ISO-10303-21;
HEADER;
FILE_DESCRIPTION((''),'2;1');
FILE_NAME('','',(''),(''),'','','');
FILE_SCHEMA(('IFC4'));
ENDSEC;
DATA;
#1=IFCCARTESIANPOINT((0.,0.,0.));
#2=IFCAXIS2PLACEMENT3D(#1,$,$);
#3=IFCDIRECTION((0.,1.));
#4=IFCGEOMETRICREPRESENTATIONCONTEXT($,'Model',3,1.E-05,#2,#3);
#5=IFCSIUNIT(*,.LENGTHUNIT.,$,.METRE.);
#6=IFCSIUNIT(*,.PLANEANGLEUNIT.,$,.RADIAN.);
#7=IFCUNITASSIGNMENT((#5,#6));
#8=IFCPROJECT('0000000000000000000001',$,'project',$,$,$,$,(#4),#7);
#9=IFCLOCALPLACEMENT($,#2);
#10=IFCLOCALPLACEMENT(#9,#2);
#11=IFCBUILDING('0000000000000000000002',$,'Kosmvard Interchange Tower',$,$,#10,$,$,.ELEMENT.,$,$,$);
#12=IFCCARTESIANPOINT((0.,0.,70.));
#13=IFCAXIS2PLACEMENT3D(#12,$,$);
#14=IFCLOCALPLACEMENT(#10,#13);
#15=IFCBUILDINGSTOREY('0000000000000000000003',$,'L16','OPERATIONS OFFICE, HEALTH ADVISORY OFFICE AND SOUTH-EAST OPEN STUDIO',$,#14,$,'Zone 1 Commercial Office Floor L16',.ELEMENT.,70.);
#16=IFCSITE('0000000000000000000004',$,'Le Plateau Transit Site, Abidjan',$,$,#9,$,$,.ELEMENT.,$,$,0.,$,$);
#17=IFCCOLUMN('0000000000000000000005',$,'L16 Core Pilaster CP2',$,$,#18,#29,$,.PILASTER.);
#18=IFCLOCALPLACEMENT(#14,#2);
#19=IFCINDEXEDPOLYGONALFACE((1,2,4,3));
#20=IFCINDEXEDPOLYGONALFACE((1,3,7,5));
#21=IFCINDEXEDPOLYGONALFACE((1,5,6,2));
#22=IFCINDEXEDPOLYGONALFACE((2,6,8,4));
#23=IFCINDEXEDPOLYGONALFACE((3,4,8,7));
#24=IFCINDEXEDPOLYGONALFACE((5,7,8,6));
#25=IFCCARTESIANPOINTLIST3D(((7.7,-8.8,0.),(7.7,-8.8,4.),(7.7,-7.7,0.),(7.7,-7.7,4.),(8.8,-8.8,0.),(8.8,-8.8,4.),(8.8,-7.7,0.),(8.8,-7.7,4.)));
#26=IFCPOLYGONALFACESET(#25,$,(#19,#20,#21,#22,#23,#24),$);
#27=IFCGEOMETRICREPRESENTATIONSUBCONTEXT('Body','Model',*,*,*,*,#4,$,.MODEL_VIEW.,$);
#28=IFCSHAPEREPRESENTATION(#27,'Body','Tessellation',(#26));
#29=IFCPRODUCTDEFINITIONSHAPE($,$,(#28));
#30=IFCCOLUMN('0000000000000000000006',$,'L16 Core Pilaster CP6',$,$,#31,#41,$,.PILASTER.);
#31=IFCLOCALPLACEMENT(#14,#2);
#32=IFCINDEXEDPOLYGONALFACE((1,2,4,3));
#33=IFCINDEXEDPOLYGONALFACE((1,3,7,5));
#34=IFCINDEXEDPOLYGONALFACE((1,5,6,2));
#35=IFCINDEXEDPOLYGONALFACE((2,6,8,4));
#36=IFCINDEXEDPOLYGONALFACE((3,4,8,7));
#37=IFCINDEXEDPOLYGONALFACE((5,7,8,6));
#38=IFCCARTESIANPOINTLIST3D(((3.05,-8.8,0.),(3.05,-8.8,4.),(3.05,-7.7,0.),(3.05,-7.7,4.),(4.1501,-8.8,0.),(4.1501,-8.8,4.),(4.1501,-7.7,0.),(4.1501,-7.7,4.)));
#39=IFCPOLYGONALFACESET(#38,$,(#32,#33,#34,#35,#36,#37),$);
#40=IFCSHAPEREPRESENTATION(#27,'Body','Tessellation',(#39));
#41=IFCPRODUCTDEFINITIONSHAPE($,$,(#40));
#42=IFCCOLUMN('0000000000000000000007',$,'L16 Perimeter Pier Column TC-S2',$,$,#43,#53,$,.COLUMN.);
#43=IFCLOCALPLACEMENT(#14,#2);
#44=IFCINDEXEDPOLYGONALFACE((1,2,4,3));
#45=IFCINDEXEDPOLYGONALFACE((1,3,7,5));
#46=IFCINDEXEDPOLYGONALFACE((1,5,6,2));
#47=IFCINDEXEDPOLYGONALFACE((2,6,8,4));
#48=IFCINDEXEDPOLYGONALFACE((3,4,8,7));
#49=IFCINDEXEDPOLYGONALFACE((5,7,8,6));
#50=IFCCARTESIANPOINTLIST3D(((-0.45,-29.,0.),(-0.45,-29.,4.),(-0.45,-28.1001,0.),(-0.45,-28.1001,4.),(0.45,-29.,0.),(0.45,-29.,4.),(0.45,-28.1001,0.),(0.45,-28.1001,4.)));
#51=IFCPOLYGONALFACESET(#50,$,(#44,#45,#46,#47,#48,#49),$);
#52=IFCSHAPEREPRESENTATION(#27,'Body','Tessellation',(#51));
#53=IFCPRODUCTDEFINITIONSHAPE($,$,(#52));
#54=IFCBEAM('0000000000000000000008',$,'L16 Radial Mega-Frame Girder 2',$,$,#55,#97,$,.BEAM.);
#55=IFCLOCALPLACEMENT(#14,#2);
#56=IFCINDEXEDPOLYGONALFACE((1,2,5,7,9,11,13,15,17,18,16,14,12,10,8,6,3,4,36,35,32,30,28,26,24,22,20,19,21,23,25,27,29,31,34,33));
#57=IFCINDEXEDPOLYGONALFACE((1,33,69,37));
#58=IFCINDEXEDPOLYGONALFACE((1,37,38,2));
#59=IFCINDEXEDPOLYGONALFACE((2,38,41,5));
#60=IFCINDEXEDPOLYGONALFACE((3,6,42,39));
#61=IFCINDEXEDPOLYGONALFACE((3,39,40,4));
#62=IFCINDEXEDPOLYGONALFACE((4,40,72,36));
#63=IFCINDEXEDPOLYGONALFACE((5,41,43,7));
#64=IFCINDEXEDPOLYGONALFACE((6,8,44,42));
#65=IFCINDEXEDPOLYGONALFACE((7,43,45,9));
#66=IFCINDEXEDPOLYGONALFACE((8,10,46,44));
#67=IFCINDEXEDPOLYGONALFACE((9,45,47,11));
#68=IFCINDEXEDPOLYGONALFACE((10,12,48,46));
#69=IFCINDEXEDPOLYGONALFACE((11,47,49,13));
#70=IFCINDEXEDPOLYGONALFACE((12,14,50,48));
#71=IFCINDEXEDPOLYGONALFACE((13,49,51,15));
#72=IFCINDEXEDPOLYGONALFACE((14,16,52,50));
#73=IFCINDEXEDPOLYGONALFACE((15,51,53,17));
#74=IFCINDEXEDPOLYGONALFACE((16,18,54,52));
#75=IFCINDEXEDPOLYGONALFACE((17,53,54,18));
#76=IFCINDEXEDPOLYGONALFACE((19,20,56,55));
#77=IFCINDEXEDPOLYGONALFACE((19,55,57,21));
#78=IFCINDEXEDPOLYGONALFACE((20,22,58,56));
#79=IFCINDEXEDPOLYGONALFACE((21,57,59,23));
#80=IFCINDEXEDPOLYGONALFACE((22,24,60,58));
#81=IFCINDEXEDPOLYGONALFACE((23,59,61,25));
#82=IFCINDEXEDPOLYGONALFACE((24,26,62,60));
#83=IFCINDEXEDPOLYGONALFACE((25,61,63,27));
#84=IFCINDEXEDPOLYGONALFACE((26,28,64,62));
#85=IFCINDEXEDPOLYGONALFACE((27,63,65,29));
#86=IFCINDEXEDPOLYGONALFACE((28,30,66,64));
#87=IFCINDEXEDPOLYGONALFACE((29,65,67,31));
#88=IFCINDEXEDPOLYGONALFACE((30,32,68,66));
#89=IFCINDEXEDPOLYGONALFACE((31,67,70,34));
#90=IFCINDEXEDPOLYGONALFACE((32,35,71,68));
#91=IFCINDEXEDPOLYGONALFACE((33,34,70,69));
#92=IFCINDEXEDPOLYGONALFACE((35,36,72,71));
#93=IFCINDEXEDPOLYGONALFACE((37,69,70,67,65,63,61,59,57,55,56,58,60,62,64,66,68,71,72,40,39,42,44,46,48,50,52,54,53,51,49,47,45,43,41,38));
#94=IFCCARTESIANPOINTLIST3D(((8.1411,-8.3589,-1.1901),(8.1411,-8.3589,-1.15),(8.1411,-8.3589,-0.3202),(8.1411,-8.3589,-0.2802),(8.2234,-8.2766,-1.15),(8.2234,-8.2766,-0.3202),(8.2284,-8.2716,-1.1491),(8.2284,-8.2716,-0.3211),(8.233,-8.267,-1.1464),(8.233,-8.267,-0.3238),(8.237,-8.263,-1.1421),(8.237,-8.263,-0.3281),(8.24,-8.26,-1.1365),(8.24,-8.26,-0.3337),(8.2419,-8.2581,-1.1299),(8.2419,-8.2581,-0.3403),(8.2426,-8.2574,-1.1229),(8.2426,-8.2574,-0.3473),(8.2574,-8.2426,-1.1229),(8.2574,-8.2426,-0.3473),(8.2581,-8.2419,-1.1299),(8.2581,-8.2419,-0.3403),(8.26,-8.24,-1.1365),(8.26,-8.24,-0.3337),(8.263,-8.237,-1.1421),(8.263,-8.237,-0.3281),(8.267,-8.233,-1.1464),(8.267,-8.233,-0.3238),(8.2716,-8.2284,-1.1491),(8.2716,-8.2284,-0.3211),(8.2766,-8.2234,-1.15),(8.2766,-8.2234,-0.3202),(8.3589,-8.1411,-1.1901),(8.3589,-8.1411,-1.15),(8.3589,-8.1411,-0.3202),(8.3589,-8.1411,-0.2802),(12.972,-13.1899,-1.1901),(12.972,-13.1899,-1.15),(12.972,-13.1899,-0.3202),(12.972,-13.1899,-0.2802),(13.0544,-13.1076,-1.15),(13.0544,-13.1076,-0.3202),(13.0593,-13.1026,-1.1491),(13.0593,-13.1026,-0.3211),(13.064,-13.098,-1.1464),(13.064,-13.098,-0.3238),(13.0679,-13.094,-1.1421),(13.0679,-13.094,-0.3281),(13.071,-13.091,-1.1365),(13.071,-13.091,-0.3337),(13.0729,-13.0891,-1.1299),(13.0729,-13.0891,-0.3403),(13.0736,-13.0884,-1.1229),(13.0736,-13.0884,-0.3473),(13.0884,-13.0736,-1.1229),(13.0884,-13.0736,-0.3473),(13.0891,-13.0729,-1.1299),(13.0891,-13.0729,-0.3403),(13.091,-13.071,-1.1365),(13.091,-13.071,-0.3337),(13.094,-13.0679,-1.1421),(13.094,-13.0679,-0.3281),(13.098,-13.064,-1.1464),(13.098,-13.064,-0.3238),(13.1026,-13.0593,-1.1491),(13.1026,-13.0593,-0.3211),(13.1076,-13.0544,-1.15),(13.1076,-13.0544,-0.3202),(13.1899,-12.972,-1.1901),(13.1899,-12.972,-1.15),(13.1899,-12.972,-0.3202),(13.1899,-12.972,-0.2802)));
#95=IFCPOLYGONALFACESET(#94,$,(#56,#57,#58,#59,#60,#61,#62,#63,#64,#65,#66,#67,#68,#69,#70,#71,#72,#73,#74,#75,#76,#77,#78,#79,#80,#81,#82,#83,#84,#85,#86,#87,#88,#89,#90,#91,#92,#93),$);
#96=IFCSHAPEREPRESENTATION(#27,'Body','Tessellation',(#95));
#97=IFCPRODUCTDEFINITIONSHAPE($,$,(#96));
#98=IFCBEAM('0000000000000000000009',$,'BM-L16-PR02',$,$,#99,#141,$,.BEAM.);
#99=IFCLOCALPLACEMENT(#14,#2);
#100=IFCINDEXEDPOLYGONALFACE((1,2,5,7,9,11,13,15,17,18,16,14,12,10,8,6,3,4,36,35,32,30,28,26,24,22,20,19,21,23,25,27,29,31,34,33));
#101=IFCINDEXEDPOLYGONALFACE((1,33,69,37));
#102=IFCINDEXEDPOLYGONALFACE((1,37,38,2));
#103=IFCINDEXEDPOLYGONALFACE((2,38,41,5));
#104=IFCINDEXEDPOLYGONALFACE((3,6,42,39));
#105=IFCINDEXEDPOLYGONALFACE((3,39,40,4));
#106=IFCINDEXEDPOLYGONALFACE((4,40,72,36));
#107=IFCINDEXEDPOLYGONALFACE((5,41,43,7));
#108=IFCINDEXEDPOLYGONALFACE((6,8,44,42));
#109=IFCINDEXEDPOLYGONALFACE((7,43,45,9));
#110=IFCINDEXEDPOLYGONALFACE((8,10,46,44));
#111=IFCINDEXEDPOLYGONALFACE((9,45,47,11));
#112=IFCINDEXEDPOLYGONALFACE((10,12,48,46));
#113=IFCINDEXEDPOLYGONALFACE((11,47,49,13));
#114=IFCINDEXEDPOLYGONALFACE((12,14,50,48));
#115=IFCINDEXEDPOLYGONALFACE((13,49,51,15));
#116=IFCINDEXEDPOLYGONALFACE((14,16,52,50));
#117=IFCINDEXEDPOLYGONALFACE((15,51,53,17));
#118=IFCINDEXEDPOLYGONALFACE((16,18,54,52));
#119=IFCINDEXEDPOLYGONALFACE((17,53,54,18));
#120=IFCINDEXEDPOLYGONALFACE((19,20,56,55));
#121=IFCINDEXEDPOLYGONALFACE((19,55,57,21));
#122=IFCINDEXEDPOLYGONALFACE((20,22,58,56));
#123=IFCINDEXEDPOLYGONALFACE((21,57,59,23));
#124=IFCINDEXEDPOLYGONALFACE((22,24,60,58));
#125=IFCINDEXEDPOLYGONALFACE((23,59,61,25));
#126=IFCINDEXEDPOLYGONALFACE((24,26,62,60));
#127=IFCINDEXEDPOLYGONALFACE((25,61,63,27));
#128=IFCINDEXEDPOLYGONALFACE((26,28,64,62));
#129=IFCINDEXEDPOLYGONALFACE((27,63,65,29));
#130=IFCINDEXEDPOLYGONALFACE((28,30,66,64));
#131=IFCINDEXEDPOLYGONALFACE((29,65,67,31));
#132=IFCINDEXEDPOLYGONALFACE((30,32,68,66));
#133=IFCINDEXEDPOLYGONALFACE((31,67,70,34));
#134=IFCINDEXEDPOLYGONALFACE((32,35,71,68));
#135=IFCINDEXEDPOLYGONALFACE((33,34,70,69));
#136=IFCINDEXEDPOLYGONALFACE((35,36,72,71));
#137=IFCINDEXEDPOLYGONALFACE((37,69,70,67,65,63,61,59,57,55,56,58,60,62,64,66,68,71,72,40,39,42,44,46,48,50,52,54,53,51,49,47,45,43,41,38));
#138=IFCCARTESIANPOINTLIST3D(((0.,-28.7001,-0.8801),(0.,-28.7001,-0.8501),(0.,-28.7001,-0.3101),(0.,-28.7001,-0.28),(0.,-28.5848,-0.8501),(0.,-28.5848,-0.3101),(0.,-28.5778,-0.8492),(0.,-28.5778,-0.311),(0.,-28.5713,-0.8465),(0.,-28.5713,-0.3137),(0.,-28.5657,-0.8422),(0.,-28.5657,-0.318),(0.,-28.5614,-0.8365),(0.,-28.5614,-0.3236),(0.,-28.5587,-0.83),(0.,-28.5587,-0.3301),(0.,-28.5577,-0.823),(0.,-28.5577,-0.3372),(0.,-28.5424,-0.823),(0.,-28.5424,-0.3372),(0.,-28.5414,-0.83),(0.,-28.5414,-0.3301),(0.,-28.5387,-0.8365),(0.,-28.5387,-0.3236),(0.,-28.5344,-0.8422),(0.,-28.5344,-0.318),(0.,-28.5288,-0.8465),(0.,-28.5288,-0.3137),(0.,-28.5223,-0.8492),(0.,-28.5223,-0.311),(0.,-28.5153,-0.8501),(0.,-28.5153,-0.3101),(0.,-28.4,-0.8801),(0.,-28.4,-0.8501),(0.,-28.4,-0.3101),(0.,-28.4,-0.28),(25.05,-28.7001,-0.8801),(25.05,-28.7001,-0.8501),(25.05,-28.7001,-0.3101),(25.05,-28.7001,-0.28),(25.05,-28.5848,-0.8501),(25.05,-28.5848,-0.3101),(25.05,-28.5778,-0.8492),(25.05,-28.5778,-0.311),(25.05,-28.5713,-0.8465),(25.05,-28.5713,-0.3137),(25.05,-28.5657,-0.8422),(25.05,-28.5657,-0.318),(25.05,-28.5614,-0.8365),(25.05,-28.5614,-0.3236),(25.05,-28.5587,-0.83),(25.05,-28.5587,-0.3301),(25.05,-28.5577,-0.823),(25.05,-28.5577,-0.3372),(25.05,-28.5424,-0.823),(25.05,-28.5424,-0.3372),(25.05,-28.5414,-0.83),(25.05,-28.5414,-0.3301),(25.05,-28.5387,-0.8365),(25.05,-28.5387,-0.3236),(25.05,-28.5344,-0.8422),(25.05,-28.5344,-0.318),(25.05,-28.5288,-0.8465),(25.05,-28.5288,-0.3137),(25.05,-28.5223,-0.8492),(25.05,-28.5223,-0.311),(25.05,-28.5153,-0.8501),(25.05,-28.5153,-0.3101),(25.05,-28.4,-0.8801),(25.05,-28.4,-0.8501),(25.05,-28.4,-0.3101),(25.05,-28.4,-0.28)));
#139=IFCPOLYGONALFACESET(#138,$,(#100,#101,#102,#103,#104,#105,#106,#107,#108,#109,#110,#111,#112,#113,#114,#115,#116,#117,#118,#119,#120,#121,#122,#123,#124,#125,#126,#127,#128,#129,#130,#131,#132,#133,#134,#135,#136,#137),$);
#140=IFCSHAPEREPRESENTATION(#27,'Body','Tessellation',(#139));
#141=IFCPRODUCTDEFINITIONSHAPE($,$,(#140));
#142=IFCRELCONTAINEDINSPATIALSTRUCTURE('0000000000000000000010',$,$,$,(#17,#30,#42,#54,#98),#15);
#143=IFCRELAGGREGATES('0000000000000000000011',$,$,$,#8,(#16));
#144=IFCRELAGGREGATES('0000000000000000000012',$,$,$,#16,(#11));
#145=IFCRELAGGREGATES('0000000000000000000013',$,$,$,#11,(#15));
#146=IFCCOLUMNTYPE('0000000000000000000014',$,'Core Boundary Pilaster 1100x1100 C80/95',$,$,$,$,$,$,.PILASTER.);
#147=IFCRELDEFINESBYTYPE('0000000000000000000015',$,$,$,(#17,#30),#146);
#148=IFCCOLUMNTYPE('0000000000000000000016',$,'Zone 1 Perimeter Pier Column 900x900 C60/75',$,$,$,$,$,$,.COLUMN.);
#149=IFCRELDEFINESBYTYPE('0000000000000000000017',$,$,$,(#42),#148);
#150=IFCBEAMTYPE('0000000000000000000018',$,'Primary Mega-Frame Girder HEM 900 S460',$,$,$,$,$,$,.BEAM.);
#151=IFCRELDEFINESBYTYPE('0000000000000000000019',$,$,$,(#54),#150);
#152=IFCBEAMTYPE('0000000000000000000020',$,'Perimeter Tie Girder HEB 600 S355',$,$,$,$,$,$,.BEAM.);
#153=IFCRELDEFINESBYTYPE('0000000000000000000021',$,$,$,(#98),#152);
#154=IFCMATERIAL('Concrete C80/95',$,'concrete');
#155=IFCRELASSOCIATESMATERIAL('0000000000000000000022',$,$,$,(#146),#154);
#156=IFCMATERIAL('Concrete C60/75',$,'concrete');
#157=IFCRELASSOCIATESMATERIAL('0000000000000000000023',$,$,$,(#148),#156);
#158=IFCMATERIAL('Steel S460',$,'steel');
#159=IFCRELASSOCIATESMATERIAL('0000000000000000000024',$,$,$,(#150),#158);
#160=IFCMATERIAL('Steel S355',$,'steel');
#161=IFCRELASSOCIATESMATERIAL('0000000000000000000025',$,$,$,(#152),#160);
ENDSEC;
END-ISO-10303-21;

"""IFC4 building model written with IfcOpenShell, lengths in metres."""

from ifc_helpers import new_model, si_unit, direction, frame, origin, origin_2d, place, context, subcontext, project, spatial, rectangle, i_section, extrude, source, transform, mapped, material, material_profile, profile_set, type_object, element, save


model = new_model("IFC4")

# Units and contexts
model_context = context("Model", 3, precision=1e-05, world=origin(), true_north=direction((0.0, 1.0)))
body_context = subcontext(model_context, "Body", "Model", "MODEL_VIEW")
ifc_project = project(units=[si_unit("LENGTHUNIT", "METRE"), si_unit("PLANEANGLEUNIT", "RADIAN")], contexts=[model_context])

# Site, building, storey
site_placement = place(None, origin())
site = spatial("IfcSite", under=ifc_project, at=site_placement, Name="Le Plateau Transit Site, Abidjan", CompositionType="ELEMENT", RefElevation=0.0)
building_placement = place(site_placement, origin())
building = spatial("IfcBuilding", under=site, at=building_placement, Name="Kosmvard Interchange Tower", CompositionType="ELEMENT")
storey_placement = place(building_placement, frame((0.0, 0.0, 70.0)))
storey = spatial("IfcBuildingStorey", under=building, at=storey_placement, Name="L16", Description="OPERATIONS OFFICE, HEALTH ADVISORY OFFICE AND SOUTH-EAST OPEN STUDIO", LongName="Zone 1 Commercial Office Floor L16", CompositionType="ELEMENT", Elevation=70.0)

# Columns
ifc_material_1 = material(Name="Concrete C80/95", Category="concrete")
ifc_material_profile_1 = material_profile(ifc_material_1, rectangle(XDim=1.1001, YDim=1.1001, at=origin_2d()), Name="CP 1100x1100")
ifc_profile_set_1 = profile_set([ifc_material_profile_1], Name="Concrete C80/95")
column_type_1 = type_object("IfcColumnType", Name="Core Boundary Pilaster 1100x1100 C80/95", PredefinedType="PILASTER", material=ifc_profile_set_1)
shared_shape_1 = source(origin(), body_context, "Body", "SweptSolid", [
    extrude(rectangle(XDim=1.1001, YDim=1.1001, at=origin_2d()), origin(), (0.0, 0.0, 1.0), 4.0),
])
for number, where, z_axis, x_axis, name in (
    (1, (8.25, -8.25, 0.0), (0.0, 0.0, 1.0), (1.0, 0.0, 0.0), "L16 Core Pilaster CP2"),
    (2, (3.6001, -8.25, 0.0), (0.0, 0.0, 1.0), (1.0, 0.0, 0.0), "L16 Core Pilaster CP6"),
):
    element("IfcColumn", number, at=place(storey_placement, frame(where, z_axis=z_axis, x_axis=x_axis)), inside=storey, type_object=column_type_1, Name=name, PredefinedType="PILASTER", context=body_context, shape_type="MappedRepresentation", body=[
        mapped(shared_shape_1, transform((0.0, 0.0, 0.0), scale=1.0)),
    ])
ifc_material_2 = material(Name="Concrete C60/75", Category="concrete")
ifc_material_profile_2 = material_profile(ifc_material_2, rectangle(XDim=0.8999, YDim=0.8999, at=origin_2d()), Name="TC 900x900")
ifc_profile_set_2 = profile_set([ifc_material_profile_2], Name="Concrete C60/75")
column_type_2 = type_object("IfcColumnType", Name="Zone 1 Perimeter Pier Column 900x900 C60/75", PredefinedType="COLUMN", material=ifc_profile_set_2)
shared_shape_2 = source(origin(), body_context, "Body", "SweptSolid", [
    extrude(rectangle(XDim=0.8999, YDim=0.8999, at=origin_2d()), origin(), (0.0, 0.0, 1.0), 4.0),
])
column_placement = place(storey_placement, frame((0.0, -28.55, 0.0), z_axis=(0.0, 0.0, 1.0), x_axis=(1.0, 0.0, 0.0)))
element("IfcColumn", 3, at=column_placement, inside=storey, type_object=column_type_2, Name="L16 Perimeter Pier Column TC-S2", PredefinedType="COLUMN", context=body_context, shape_type="MappedRepresentation", body=[
    mapped(shared_shape_2, transform((0.0, 0.0, 0.0), scale=1.0)),
])

# Beams
ifc_material_3 = material(Name="Steel S460", Category="steel")
ifc_material_profile_3 = material_profile(ifc_material_3, i_section(OverallWidth=0.3081, OverallDepth=0.9099, WebThickness=0.021, FlangeThickness=0.04, FilletRadius=0.0271, at=origin_2d()), Name="HEM 900")
ifc_profile_set_3 = profile_set([ifc_material_profile_3], Name="Steel S460")
beam_type_1 = type_object("IfcBeamType", Name="Primary Mega-Frame Girder HEM 900 S460", PredefinedType="BEAM", material=ifc_profile_set_3)
shared_shape_3 = source(origin(), body_context, "Body", "SweptSolid", [
    extrude(i_section(OverallWidth=0.3081, OverallDepth=0.9099, WebThickness=0.021, FlangeThickness=0.04, FilletRadius=0.0271, at=origin_2d()), origin(), (0.0, 0.0, 1.0), 6.832),
])
beam_1_placement = place(storey_placement, frame((8.25, -8.25, -0.7351), z_axis=(0.707107, -0.707107, 0.0), x_axis=(0.707107, 0.707107, 0.0)))
element("IfcBeam", 4, at=beam_1_placement, inside=storey, type_object=beam_type_1, Name="L16 Radial Mega-Frame Girder 2", PredefinedType="BEAM", context=body_context, shape_type="MappedRepresentation", body=[
    mapped(shared_shape_3, transform((0.0, 0.0, 0.0), scale=1.0)),
])
ifc_material_4 = material(Name="Steel S355", Category="steel")
ifc_material_profile_4 = material_profile(ifc_material_4, i_section(OverallWidth=0.3, OverallDepth=0.6001, WebThickness=0.0154, FlangeThickness=0.03, FilletRadius=0.0271, at=origin_2d()), Name="HEB 600")
ifc_profile_set_4 = profile_set([ifc_material_profile_4], Name="Steel S355")
beam_type_2 = type_object("IfcBeamType", Name="Perimeter Tie Girder HEB 600 S355", PredefinedType="BEAM", material=ifc_profile_set_4)
shared_shape_4 = source(origin(), body_context, "Body", "SweptSolid", [
    extrude(i_section(OverallWidth=0.3, OverallDepth=0.6001, WebThickness=0.0154, FlangeThickness=0.03, FilletRadius=0.0271, at=origin_2d()), origin(), (0.0, 0.0, 1.0), 25.05),
])
beam_2_placement = place(storey_placement, frame((0.0, -28.55, -0.5801), z_axis=(1.0, 0.0, 0.0), x_axis=(0.0, 1.0, 0.0)))
element("IfcBeam", 5, at=beam_2_placement, inside=storey, type_object=beam_type_2, Name="BM-L16-PR02", PredefinedType="BEAM", context=body_context, shape_type="MappedRepresentation", body=[
    mapped(shared_shape_4, transform((0.0, 0.0, 0.0), scale=1.0)),
])

save(model, "model.ifc")
